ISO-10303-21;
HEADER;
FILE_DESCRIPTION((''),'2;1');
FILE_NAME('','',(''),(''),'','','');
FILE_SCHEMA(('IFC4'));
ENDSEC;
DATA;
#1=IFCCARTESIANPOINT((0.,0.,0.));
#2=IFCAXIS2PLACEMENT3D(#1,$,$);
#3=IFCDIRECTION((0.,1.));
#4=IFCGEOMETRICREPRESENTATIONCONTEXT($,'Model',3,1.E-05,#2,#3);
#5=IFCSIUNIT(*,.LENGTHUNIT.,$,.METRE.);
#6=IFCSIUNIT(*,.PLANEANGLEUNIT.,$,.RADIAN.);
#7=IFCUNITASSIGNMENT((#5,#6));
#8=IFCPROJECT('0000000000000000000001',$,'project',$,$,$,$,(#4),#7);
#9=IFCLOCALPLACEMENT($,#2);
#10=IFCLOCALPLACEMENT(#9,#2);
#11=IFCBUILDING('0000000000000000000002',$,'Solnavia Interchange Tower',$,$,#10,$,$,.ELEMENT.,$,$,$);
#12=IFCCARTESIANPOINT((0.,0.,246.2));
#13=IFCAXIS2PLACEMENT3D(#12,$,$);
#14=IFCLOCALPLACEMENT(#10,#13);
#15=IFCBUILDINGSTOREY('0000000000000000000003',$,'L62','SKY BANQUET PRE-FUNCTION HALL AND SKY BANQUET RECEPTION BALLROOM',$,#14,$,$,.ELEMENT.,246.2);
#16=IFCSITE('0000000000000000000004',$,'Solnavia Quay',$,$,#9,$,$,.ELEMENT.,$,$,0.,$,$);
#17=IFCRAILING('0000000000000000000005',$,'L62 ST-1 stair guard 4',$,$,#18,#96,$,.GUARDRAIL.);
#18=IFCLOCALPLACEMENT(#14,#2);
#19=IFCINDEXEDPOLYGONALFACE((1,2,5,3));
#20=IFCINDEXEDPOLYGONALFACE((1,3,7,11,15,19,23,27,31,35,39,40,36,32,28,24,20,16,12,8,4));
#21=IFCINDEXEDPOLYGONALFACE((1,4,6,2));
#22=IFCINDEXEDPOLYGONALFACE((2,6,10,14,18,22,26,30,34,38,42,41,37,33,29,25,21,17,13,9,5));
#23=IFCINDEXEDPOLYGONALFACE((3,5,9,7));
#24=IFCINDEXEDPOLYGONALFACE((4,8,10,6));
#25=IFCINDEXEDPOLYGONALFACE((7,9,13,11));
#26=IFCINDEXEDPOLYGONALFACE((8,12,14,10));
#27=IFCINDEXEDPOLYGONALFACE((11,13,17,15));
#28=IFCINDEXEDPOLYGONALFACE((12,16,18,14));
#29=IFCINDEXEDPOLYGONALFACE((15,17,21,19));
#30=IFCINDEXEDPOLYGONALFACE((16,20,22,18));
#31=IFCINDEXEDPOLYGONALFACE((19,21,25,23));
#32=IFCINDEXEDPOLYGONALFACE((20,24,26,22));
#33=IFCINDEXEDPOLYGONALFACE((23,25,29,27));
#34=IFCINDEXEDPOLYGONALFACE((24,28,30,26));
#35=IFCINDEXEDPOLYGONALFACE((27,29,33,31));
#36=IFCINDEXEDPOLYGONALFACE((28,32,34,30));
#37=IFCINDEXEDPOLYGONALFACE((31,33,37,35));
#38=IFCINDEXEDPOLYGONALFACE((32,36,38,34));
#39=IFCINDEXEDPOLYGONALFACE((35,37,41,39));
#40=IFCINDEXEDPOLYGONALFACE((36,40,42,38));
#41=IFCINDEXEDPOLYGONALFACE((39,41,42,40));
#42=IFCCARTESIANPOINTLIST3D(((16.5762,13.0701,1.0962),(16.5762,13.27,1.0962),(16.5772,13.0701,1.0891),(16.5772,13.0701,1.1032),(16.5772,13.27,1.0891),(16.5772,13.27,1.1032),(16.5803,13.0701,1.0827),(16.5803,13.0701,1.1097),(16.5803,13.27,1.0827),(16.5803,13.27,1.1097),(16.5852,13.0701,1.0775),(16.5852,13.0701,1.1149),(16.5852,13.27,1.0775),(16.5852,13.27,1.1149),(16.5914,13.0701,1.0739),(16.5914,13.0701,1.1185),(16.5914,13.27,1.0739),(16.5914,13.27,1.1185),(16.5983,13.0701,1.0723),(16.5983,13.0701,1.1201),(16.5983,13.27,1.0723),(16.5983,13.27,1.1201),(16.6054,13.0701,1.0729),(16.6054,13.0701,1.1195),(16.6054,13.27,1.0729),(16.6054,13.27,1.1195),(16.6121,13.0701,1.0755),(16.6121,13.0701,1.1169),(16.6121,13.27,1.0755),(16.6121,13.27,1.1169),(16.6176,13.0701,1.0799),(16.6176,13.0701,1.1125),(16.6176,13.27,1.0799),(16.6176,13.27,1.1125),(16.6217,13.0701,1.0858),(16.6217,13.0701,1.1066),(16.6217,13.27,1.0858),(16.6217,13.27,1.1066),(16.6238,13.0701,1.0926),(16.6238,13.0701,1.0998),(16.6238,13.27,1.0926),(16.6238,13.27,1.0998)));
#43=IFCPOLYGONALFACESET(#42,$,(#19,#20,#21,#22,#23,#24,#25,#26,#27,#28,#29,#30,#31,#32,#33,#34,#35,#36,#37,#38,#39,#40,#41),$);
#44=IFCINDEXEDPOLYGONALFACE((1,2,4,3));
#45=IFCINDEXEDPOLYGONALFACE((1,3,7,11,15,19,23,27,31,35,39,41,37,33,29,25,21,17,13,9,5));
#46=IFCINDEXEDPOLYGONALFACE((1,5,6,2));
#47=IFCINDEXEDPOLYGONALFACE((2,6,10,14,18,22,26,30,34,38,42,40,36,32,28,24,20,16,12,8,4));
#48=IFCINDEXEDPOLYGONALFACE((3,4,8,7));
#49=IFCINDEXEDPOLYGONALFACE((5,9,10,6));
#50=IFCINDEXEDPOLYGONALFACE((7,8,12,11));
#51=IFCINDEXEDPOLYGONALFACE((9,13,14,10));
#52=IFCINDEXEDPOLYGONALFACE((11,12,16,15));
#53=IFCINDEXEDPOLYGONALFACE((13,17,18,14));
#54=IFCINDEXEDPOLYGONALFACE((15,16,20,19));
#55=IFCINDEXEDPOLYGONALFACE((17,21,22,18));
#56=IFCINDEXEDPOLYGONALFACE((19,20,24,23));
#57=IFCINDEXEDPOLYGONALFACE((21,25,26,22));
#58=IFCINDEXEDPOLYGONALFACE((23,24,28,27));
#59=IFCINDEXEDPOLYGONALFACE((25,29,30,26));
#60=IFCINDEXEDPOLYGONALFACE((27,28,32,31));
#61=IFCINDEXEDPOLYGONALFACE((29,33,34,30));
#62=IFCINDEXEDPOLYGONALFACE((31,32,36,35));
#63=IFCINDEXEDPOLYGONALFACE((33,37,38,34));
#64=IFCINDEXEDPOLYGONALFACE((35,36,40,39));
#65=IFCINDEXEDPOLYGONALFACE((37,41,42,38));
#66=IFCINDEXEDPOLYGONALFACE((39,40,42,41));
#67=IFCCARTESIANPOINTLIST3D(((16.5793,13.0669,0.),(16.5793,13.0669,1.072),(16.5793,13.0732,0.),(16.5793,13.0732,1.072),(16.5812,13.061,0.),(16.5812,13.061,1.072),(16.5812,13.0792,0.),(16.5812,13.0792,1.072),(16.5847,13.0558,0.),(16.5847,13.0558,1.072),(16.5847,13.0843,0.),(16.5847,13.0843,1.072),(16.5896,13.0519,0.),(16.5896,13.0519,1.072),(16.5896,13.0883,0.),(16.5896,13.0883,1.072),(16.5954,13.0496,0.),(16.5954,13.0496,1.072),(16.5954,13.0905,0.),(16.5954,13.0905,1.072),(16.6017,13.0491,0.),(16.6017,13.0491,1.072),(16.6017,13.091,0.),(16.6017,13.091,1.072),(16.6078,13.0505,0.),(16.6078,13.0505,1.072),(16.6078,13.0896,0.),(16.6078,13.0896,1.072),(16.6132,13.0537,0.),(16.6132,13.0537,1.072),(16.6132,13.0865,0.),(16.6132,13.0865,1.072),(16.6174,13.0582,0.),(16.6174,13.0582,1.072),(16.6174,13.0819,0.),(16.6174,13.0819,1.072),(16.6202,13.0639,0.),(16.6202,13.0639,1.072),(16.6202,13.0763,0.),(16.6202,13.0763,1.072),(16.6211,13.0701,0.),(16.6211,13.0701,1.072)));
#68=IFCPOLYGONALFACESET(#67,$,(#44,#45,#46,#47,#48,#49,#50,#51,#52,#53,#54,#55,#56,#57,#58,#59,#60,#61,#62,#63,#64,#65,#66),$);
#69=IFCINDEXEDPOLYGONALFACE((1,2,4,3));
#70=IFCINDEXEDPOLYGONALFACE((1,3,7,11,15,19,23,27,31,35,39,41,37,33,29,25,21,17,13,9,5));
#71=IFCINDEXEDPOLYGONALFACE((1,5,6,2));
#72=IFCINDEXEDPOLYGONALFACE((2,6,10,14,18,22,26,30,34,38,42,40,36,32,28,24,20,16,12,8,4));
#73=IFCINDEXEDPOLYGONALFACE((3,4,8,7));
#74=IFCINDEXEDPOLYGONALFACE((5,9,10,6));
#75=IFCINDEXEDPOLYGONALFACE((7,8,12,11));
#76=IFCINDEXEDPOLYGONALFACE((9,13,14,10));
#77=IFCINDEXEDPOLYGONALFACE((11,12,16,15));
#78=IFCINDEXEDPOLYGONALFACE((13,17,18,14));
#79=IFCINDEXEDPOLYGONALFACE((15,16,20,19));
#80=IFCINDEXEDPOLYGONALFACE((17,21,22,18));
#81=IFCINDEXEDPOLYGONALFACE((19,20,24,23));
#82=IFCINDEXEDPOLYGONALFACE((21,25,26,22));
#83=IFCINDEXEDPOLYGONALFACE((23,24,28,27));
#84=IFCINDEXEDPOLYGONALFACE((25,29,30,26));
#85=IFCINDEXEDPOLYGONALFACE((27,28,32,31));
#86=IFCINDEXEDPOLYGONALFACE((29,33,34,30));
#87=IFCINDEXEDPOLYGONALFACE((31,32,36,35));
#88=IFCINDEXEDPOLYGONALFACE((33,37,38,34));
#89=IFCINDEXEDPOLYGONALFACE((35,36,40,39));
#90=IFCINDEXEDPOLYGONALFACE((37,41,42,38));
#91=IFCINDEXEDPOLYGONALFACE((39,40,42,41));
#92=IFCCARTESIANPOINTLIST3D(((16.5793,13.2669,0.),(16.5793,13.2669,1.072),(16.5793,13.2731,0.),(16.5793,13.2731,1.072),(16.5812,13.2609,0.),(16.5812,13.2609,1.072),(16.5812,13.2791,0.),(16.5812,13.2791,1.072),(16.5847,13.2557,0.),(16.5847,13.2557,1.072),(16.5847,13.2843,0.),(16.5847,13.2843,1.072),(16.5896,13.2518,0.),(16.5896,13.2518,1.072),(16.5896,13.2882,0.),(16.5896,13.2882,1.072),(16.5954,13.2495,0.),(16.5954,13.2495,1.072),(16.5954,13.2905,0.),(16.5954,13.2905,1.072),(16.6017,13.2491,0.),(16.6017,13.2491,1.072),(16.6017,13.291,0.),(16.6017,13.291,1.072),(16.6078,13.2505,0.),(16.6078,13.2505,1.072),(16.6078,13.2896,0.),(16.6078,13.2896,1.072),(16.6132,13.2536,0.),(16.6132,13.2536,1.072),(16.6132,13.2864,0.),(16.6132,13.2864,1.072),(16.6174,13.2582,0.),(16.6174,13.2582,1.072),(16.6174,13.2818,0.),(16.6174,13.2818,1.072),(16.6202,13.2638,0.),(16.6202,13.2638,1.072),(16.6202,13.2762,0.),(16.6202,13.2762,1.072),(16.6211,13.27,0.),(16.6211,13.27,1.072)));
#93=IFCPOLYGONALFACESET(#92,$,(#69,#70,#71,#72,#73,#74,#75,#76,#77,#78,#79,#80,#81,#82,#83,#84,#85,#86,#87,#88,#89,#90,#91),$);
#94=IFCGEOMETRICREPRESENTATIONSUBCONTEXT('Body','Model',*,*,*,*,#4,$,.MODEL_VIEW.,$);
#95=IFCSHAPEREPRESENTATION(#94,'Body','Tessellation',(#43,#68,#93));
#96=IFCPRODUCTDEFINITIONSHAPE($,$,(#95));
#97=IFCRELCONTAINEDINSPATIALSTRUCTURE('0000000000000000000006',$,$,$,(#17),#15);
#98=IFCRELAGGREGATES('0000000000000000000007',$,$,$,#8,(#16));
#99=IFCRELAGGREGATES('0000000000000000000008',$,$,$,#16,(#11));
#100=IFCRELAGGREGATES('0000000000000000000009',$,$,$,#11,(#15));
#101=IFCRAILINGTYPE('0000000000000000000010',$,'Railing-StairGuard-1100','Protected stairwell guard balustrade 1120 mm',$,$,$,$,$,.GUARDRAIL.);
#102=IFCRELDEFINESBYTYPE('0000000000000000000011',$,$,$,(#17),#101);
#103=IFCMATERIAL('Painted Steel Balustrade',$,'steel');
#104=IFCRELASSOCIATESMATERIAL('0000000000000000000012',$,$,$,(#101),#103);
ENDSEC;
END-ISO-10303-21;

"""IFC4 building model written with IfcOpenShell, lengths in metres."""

from ifc_helpers import new_model, si_unit, direction, frame, origin, origin_2d, place, context, subcontext, project, spatial, circle, extrude, material, type_object, element, save


model = new_model("IFC4")

# Units and contexts
model_context = context("Model", 3, precision=1e-05, world=origin(), true_north=direction((0.0, 1.0)))
body_context = subcontext(model_context, "Body", "Model", "MODEL_VIEW")
ifc_project = project(units=[si_unit("LENGTHUNIT", "METRE"), si_unit("PLANEANGLEUNIT", "RADIAN")], contexts=[model_context])

# Site, building, storey
site_placement = place(None, origin())
site = spatial("IfcSite", under=ifc_project, at=site_placement, Name="Solnavia Quay", CompositionType="ELEMENT", RefElevation=0.0)
building_placement = place(site_placement, origin())
building = spatial("IfcBuilding", under=site, at=building_placement, Name="Solnavia Interchange Tower", CompositionType="ELEMENT")
storey_placement = place(building_placement, frame((0.0, 0.0, 246.2)))
storey = spatial("IfcBuildingStorey", under=building, at=storey_placement, Name="L62", Description="SKY BANQUET PRE-FUNCTION HALL AND SKY BANQUET RECEPTION BALLROOM", CompositionType="ELEMENT", Elevation=246.2)

# Railing
ifc_material_1 = material(Name="Painted Steel Balustrade", Category="steel")
railing_type_1 = type_object("IfcRailingType", Name="Railing-StairGuard-1100", Description="Protected stairwell guard balustrade 1120 mm", PredefinedType="GUARDRAIL", material=ifc_material_1)
railing_1_placement = place(storey_placement, frame((16.6001, 13.0701, 0.0)))
element("IfcRailing", 1, at=railing_1_placement, inside=storey, type_object=railing_type_1, Name="L62 ST-1 stair guard 4", PredefinedType="GUARDRAIL", context=body_context, shape_type="SweptSolid", body=[
    extrude(circle(Radius=0.0239, at=origin_2d()), frame((0.0, 0.0, 1.0962), z_axis=(0.0, 1.0, 0.0), x_axis=(-1.0, 0.0, 0.0)), (0.0, 0.0, 1.0), 0.2),
    extrude(circle(Radius=0.021, at=origin_2d()), origin(), (0.0, 0.0, 1.0), 1.072),
    extrude(circle(Radius=0.021, at=origin_2d()), frame((0.0, 0.2, 0.0)), (0.0, 0.0, 1.0), 1.072),
])

save(model, "model.ifc")
